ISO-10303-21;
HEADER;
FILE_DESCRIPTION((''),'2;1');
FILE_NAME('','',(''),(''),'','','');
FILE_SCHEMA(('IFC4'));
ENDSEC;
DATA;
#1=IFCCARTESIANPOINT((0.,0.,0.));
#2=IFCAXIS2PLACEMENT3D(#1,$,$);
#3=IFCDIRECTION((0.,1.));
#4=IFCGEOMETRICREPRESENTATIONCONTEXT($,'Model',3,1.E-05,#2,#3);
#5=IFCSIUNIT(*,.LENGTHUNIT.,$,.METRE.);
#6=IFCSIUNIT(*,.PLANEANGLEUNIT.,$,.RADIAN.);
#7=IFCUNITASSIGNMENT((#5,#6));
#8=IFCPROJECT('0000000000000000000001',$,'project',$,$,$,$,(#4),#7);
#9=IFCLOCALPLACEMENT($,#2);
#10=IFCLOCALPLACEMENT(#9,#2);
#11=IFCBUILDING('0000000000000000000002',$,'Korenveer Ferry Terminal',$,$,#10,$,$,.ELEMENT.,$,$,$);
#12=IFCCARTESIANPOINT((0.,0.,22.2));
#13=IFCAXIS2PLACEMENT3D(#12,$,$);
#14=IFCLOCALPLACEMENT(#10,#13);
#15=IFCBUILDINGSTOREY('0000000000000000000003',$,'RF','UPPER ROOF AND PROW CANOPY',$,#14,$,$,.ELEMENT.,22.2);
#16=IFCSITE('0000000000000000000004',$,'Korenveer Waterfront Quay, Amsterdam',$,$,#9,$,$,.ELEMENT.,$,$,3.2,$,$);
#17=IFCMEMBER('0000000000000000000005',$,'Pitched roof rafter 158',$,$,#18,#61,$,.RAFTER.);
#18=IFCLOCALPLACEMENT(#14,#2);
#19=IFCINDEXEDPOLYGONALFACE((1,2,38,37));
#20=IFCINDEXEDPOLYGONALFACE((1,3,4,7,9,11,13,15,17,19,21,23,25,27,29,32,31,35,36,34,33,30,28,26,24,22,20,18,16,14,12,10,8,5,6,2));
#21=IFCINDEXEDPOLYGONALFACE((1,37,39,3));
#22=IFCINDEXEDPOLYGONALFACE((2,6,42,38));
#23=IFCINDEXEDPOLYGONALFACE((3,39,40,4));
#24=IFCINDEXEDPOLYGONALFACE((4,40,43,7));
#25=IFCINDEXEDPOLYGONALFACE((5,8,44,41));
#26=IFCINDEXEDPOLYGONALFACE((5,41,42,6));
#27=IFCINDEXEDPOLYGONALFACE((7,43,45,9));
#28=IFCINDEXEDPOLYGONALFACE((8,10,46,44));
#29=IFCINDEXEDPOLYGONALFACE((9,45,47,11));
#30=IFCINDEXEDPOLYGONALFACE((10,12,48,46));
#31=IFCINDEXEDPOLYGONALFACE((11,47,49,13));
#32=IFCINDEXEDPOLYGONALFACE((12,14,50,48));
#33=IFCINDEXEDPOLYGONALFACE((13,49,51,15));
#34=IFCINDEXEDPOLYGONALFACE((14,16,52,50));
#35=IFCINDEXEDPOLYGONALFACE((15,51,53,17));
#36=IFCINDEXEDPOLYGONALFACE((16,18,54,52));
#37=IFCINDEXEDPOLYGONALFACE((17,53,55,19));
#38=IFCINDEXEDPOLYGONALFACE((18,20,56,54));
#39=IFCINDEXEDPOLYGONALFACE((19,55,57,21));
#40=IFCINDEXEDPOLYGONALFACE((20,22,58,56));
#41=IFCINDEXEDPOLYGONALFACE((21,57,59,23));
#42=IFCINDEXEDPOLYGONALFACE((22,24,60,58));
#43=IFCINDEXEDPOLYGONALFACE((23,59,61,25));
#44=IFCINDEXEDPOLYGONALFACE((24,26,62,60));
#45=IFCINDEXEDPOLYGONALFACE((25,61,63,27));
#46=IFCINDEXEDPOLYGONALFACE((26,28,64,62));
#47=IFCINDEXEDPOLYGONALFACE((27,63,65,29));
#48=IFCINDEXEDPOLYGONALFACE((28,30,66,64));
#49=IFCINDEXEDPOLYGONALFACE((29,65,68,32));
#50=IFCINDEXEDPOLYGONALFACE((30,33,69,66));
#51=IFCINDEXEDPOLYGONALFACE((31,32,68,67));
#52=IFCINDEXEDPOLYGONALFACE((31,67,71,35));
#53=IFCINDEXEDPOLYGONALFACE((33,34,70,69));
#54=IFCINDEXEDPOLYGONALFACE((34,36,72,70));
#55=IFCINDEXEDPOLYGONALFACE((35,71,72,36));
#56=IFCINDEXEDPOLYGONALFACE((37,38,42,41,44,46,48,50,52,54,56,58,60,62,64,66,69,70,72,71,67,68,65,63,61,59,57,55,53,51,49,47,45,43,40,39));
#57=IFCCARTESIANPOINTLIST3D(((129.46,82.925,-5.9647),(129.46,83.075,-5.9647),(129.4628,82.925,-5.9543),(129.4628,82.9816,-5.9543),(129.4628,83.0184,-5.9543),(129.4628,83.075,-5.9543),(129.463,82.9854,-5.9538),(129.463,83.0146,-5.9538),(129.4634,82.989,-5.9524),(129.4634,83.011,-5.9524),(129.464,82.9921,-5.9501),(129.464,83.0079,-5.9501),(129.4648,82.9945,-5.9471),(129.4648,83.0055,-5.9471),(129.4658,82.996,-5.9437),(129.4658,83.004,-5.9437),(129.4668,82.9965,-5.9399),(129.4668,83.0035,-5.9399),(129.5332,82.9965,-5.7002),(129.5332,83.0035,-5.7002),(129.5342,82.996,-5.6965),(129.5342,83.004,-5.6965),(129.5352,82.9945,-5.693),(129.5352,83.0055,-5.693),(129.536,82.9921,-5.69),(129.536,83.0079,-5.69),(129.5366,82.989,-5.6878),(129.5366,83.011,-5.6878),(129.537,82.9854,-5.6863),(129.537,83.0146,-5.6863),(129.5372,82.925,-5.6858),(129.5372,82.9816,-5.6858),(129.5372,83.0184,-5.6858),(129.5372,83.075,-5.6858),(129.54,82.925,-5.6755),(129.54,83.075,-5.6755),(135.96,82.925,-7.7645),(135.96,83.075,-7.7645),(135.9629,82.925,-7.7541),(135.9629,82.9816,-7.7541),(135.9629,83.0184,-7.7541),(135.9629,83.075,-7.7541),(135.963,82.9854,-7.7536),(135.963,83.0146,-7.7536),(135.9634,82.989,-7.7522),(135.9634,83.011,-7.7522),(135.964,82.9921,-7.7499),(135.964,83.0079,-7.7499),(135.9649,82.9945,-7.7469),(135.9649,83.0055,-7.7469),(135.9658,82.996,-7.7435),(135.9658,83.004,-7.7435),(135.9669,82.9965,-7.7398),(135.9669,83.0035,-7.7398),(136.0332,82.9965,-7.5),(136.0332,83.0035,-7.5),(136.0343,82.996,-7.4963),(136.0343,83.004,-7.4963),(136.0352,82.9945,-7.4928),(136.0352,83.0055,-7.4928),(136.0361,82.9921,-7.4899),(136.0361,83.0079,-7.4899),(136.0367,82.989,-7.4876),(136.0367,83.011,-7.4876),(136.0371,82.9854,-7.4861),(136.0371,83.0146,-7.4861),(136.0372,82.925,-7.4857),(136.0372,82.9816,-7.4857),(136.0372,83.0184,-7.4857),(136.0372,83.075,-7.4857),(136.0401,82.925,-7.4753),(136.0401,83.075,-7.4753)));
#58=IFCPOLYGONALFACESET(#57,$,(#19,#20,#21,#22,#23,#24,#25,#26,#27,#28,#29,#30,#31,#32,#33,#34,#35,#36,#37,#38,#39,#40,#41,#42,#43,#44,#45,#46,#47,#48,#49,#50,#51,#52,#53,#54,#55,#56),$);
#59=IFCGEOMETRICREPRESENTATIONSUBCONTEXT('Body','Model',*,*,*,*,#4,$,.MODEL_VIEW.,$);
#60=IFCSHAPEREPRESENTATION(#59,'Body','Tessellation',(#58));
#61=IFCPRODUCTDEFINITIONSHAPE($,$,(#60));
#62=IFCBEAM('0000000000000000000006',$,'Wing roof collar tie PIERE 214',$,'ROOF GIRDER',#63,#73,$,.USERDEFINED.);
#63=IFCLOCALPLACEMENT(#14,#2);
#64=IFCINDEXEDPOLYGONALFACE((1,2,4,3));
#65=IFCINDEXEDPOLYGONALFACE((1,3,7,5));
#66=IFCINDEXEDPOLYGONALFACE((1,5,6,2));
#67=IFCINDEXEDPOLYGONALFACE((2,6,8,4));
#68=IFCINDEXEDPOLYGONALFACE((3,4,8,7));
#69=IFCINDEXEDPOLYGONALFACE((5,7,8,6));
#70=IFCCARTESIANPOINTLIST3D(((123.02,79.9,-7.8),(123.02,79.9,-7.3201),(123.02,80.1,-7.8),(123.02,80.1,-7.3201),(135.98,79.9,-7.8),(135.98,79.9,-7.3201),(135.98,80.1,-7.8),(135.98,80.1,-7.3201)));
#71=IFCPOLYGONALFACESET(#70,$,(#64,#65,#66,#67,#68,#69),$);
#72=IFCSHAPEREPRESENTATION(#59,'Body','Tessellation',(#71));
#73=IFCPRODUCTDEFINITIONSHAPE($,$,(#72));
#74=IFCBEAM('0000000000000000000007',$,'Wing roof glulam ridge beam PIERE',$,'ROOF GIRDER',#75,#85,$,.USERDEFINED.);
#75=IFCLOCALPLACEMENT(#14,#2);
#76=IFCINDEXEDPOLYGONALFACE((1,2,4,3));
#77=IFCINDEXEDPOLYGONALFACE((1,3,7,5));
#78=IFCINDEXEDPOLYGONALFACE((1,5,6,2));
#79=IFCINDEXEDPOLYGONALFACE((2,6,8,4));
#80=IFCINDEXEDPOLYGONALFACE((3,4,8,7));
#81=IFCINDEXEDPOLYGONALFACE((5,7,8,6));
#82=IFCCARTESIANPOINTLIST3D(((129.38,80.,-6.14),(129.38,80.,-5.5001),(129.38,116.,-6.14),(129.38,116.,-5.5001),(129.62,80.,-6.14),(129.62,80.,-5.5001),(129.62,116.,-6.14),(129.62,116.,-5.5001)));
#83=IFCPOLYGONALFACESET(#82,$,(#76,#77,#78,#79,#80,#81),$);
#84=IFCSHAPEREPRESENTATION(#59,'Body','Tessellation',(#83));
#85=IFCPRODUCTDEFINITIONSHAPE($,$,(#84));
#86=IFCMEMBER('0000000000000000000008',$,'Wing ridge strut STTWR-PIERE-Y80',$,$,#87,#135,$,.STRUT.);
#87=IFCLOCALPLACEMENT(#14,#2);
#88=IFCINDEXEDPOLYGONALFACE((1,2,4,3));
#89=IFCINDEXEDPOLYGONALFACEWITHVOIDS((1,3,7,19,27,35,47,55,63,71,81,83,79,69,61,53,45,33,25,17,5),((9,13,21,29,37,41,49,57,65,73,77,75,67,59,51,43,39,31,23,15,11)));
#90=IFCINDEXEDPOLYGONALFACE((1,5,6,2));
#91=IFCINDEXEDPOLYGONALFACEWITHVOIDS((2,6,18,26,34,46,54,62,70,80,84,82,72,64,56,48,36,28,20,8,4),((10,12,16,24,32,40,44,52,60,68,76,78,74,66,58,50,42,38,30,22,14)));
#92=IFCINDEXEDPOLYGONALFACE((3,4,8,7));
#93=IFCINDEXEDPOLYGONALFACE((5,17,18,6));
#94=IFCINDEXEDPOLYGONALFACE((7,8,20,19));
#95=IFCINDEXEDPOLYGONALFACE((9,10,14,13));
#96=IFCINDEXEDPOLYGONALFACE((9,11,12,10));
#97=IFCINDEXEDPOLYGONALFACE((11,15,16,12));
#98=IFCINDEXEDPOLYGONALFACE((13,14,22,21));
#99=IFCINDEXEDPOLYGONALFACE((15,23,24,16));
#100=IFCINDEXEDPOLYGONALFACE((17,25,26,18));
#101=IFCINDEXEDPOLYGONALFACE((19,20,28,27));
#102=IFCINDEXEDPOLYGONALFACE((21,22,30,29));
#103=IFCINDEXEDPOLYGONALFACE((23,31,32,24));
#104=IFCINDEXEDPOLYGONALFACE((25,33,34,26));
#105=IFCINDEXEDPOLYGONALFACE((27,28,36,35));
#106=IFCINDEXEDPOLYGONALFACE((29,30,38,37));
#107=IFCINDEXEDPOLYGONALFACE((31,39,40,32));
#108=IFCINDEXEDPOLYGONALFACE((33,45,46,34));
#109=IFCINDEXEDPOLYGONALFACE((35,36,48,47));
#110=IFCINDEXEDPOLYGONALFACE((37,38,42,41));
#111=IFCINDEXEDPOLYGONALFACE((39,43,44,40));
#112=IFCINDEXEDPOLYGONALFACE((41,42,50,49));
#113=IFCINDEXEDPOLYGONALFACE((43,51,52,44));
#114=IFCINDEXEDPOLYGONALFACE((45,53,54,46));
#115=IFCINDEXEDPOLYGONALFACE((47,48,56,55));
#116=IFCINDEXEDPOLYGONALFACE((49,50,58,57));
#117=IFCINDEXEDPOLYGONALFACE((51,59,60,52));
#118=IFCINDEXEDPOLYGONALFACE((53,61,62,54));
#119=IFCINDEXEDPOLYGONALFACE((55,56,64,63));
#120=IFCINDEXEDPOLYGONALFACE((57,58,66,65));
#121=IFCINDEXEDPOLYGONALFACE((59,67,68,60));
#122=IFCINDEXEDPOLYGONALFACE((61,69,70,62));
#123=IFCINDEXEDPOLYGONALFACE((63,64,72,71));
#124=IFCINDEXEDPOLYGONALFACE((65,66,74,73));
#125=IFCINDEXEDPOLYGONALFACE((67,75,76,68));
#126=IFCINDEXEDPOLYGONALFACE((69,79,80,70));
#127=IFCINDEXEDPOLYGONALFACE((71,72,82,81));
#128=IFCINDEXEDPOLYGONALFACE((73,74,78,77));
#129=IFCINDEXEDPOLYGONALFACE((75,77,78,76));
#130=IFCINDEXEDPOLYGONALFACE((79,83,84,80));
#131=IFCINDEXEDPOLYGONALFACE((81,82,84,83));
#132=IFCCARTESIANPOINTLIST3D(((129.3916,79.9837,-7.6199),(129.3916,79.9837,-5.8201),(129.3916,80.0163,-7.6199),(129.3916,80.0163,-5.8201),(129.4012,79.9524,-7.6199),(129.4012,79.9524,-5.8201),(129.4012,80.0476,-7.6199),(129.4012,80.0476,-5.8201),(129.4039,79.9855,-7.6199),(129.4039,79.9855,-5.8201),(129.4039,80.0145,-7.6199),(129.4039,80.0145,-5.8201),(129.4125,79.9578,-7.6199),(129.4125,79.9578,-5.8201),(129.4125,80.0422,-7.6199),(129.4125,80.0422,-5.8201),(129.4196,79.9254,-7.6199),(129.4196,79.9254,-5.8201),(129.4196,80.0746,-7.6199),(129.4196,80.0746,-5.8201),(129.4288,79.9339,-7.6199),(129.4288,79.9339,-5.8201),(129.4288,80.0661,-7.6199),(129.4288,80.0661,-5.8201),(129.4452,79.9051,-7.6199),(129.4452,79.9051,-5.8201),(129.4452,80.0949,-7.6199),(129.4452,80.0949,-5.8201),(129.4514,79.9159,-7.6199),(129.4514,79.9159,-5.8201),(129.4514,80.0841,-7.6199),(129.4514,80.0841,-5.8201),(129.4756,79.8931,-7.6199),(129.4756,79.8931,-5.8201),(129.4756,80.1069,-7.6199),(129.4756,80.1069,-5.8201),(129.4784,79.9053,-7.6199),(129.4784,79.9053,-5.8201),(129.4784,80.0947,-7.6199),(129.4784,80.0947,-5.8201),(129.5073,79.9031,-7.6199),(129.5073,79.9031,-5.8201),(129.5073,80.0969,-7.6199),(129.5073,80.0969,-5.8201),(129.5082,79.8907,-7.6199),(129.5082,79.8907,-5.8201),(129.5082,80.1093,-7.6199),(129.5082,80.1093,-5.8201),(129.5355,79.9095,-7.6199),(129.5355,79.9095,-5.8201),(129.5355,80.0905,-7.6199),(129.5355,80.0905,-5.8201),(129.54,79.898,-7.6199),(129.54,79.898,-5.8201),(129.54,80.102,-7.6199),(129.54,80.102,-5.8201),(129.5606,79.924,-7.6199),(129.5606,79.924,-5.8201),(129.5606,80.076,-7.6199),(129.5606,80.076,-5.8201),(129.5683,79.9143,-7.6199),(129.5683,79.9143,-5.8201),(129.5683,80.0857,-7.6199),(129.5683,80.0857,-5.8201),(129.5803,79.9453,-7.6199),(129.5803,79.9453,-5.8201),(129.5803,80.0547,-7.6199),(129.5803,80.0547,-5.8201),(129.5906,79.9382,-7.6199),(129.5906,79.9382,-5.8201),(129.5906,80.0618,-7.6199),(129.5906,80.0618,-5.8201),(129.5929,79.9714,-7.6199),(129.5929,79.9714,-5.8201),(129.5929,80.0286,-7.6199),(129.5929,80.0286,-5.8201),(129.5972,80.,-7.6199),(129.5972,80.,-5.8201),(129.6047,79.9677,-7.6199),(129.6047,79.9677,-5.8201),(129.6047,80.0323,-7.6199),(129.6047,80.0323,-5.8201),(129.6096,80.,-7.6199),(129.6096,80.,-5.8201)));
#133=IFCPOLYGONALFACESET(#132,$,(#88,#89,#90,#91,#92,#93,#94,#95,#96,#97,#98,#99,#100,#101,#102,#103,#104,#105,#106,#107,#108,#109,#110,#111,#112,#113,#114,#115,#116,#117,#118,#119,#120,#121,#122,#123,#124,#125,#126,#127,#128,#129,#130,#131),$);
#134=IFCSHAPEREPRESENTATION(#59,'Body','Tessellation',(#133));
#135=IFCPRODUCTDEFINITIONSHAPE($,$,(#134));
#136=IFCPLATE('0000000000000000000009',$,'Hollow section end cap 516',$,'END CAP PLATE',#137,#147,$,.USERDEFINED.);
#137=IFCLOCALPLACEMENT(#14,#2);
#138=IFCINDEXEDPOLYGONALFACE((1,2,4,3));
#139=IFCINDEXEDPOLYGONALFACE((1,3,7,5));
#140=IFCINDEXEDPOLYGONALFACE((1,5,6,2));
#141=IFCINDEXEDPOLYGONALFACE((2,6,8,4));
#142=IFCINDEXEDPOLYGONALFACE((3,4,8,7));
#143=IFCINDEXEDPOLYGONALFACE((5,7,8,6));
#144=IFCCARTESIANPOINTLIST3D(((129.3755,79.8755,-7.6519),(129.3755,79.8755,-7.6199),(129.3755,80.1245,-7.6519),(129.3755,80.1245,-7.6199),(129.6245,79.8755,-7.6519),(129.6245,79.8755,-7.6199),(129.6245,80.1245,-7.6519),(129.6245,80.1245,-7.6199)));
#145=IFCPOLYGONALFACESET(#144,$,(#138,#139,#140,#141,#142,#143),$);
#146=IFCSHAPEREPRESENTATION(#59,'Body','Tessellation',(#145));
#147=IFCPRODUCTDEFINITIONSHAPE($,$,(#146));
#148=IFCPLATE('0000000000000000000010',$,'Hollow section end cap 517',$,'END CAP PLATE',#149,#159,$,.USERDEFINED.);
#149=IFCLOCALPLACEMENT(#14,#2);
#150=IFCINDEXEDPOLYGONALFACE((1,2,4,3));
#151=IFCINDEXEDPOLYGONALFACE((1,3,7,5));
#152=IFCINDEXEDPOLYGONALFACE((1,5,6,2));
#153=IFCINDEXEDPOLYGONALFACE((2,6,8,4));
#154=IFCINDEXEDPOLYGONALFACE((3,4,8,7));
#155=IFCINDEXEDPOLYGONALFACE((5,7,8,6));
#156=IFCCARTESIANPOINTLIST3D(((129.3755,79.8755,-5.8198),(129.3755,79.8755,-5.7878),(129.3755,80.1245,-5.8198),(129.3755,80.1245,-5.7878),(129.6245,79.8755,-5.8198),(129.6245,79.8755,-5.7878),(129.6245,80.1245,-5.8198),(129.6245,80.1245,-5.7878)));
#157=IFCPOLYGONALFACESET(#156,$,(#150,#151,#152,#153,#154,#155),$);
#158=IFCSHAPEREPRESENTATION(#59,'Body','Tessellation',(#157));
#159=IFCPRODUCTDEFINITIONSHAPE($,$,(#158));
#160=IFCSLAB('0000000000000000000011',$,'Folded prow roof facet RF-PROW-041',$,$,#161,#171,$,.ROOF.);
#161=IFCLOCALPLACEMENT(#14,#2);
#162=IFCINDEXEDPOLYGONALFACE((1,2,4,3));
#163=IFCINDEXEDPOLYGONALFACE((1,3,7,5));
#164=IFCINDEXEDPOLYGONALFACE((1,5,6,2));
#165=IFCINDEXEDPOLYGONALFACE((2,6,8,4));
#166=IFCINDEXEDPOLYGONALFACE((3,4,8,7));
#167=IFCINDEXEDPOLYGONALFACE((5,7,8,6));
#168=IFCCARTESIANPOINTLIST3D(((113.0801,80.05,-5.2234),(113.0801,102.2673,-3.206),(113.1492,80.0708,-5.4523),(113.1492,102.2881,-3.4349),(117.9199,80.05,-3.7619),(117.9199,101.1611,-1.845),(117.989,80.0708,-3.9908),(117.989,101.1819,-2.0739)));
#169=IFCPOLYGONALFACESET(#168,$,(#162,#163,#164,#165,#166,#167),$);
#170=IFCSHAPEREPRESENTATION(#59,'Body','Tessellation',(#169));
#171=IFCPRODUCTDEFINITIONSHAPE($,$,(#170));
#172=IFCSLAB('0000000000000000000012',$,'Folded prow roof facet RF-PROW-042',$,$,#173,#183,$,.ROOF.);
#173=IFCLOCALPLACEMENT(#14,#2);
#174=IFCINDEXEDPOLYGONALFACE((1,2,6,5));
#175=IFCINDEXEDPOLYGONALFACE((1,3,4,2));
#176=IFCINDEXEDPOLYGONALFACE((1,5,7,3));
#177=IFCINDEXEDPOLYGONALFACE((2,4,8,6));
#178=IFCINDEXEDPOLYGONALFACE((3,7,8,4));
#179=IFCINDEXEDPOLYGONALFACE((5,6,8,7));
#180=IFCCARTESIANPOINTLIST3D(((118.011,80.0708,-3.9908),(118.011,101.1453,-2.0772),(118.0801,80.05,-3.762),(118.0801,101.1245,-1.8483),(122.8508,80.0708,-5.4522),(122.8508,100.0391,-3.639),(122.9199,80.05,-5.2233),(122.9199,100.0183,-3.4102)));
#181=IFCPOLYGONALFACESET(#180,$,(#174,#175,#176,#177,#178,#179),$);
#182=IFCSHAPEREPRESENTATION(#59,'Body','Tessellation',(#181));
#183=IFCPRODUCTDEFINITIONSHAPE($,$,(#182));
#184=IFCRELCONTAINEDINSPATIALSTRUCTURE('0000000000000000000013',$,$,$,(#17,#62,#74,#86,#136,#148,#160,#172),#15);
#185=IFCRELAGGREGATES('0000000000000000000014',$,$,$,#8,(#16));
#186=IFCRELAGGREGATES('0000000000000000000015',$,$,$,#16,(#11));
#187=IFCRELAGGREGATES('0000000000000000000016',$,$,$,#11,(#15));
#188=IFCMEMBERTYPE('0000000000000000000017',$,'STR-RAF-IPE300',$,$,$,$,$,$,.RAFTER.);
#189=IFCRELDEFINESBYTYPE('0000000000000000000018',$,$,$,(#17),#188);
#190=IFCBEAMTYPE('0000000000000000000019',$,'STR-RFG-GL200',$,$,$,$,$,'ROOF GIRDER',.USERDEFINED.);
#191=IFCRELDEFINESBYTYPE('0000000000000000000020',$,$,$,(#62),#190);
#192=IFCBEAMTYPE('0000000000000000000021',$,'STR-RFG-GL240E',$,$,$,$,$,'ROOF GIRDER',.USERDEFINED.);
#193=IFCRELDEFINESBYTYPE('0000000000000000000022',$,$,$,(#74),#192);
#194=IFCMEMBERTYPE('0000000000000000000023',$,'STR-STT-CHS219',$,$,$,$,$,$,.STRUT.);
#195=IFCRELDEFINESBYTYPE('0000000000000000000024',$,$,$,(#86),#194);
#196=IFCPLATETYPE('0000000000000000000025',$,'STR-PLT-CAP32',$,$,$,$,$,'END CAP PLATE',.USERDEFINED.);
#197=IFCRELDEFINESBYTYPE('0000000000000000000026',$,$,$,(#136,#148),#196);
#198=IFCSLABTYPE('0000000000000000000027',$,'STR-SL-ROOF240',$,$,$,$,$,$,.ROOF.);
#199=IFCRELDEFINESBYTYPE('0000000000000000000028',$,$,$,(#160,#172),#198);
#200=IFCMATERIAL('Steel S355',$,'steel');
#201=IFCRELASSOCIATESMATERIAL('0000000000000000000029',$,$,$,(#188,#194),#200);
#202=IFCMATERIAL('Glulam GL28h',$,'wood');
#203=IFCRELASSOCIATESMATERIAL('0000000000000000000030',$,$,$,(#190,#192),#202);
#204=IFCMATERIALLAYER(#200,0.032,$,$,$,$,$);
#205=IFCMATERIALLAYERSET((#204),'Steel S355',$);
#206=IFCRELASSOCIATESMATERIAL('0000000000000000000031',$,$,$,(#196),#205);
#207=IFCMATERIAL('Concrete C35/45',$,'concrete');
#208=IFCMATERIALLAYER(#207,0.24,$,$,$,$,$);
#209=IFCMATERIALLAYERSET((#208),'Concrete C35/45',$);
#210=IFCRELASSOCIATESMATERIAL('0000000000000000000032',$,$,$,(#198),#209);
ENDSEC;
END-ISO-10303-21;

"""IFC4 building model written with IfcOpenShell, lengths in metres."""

from ifc_helpers import new_model, si_unit, direction, frame, origin, origin_2d, place, context, subcontext, project, spatial, polyline, rectangle, hollow_circle, i_section, outline, extrude, material, layer, layer_set, material_profile, profile_set, type_object, element, save


model = new_model("IFC4")

# Units and contexts
model_context = context("Model", 3, precision=1e-05, world=origin(), true_north=direction((0.0, 1.0)))
body_context = subcontext(model_context, "Body", "Model", "MODEL_VIEW")
ifc_project = project(units=[si_unit("LENGTHUNIT", "METRE"), si_unit("PLANEANGLEUNIT", "RADIAN")], contexts=[model_context])

# Site, building, storey
site_placement = place(None, origin())
site = spatial("IfcSite", under=ifc_project, at=site_placement, Name="Korenveer Waterfront Quay, Amsterdam", CompositionType="ELEMENT", RefElevation=3.2)
building_placement = place(site_placement, origin())
building = spatial("IfcBuilding", under=site, at=building_placement, Name="Korenveer Ferry Terminal", CompositionType="ELEMENT")
storey_placement = place(building_placement, frame((0.0, 0.0, 22.2)))
storey = spatial("IfcBuildingStorey", under=building, at=storey_placement, Name="RF", Description="UPPER ROOF AND PROW CANOPY", CompositionType="ELEMENT", Elevation=22.2)

# Shared definitions
ifc_material_1 = material(Name="Steel S355", Category="steel")

# Member
ifc_material_2 = material(Name="Glulam GL28h", Category="wood")
ifc_material_profile_1 = material_profile(ifc_material_1, i_section(OverallWidth=0.1499, OverallDepth=0.3, WebThickness=0.0071, FlangeThickness=0.0107, FilletRadius=0.0149, at=origin_2d()), Name="IPE 300")
ifc_profile_set_1 = profile_set([ifc_material_profile_1], Name="Steel S355")
member_type_1 = type_object("IfcMemberType", Name="STR-RAF-IPE300", PredefinedType="RAFTER", material=ifc_profile_set_1)
for number, where, z_axis, x_axis, name in (
    (1, (129.5, 83.0, -5.8201), (0.963737, 0.0, -0.266852), (0.0, 1.0, 0.0), "Pitched roof rafter 158"),
):
    element("IfcMember", number, at=place(storey_placement, frame(where, z_axis=z_axis, x_axis=x_axis)), inside=storey, type_object=member_type_1, Name=name, PredefinedType="RAFTER", context=body_context, shape_type="SweptSolid", body=[
        extrude(i_section(OverallWidth=0.1499, OverallDepth=0.3, WebThickness=0.0071, FlangeThickness=0.0107, FilletRadius=0.0149, at=origin_2d()), origin(), (0.0, 0.0, 1.0), 6.7446),
    ])

# Beams
ifc_material_profile_2 = material_profile(ifc_material_2, rectangle(XDim=0.2, YDim=0.48, at=origin_2d()), Name="GL 200x480")
ifc_profile_set_2 = profile_set([ifc_material_profile_2], Name="Glulam GL28h")
beam_type_1 = type_object("IfcBeamType", Name="STR-RFG-GL200", ElementType="ROOF GIRDER", PredefinedType="USERDEFINED", material=ifc_profile_set_2)
beam_1_placement = place(storey_placement, frame((123.02, 80.0, -7.5601), z_axis=(1.0, 0.0, 0.0), x_axis=(0.0, 1.0, 0.0)))
element("IfcBeam", 2, at=beam_1_placement, inside=storey, type_object=beam_type_1, Name="Wing roof collar tie PIERE 214", ObjectType="ROOF GIRDER", PredefinedType="USERDEFINED", context=body_context, shape_type="SweptSolid", body=[
    extrude(rectangle(XDim=0.2, YDim=0.48, at=origin_2d()), origin(), (0.0, 0.0, 1.0), 12.96),
])
ifc_material_profile_3 = material_profile(ifc_material_2, rectangle(XDim=0.24, YDim=0.6399, at=origin_2d()), Name="GL 240x640")
ifc_profile_set_3 = profile_set([ifc_material_profile_3], Name="Glulam GL28h")
beam_type_2 = type_object("IfcBeamType", Name="STR-RFG-GL240E", ElementType="ROOF GIRDER", PredefinedType="USERDEFINED", material=ifc_profile_set_3)
beam_2_placement = place(storey_placement, frame((129.5, 80.0, -5.8201), z_axis=(0.0, 1.0, 0.0), x_axis=(-1.0, 0.0, 0.0)))
element("IfcBeam", 3, at=beam_2_placement, inside=storey, type_object=beam_type_2, Name="Wing roof glulam ridge beam PIERE", ObjectType="ROOF GIRDER", PredefinedType="USERDEFINED", context=body_context, shape_type="SweptSolid", body=[
    extrude(rectangle(XDim=0.24, YDim=0.6399, at=origin_2d()), origin(), (0.0, 0.0, 1.0), 36.0),
])

# Member
ifc_material_profile_4 = material_profile(ifc_material_1, hollow_circle(Radius=0.1096, WallThickness=0.0125, at=origin_2d()), Name="CHS 219.1x12.5")
ifc_profile_set_4 = profile_set([ifc_material_profile_4], Name="Steel S355")
member_type_2 = type_object("IfcMemberType", Name="STR-STT-CHS219", PredefinedType="STRUT", material=ifc_profile_set_4)
member_placement = place(storey_placement, frame((129.5, 80.0, -7.6199), z_axis=(0.0, 0.0, 1.0), x_axis=(1.0, 0.0, 0.0)))
element("IfcMember", 4, at=member_placement, inside=storey, type_object=member_type_2, Name="Wing ridge strut STTWR-PIERE-Y80", PredefinedType="STRUT", context=body_context, shape_type="SweptSolid", body=[
    extrude(hollow_circle(Radius=0.1096, WallThickness=0.0125, at=origin_2d()), origin(), (0.0, 0.0, 1.0), 1.7998),
])

# Plates
ifc_layer_1 = layer(ifc_material_1, 0.032)
ifc_layer_set_1 = layer_set([ifc_layer_1], Name="Steel S355")
plate_type = type_object("IfcPlateType", Name="STR-PLT-CAP32", ElementType="END CAP PLATE", PredefinedType="USERDEFINED", material=ifc_layer_set_1)
for number, where, z_axis, x_axis, name in (
    (5, (129.5, 80.0, -7.6519), (0.0, 0.0, 1.0), (1.0, 0.0, 0.0), "Hollow section end cap 516"),
    (6, (129.5, 80.0, -5.8198), (0.0, 0.0, 1.0), (1.0, 0.0, 0.0), "Hollow section end cap 517"),
):
    element("IfcPlate", number, at=place(storey_placement, frame(where, z_axis=z_axis, x_axis=x_axis)), inside=storey, type_object=plate_type, Name=name, ObjectType="END CAP PLATE", PredefinedType="USERDEFINED", context=body_context, shape_type="SweptSolid", body=[
        extrude(rectangle(XDim=0.249, YDim=0.249, at=origin_2d()), origin(), (0.0, 0.0, 1.0), 0.032),
    ])

# Slabs
ifc_material_3 = material(Name="Concrete C35/45", Category="concrete")
ifc_layer_2 = layer(ifc_material_3, 0.24)
ifc_layer_set_2 = layer_set([ifc_layer_2], Name="Concrete C35/45")
slab_type_1 = type_object("IfcSlabType", Name="STR-SL-ROOF240", PredefinedType="ROOF", material=ifc_layer_set_2)
slab_1_placement = place(storey_placement, frame((113.0801, 80.05, -5.2234), z_axis=(-0.28799, -0.086599, 0.95371), x_axis=(0.957306, -0.000001, 0.289076)))
element("IfcSlab", 7, at=slab_1_placement, inside=storey, type_object=slab_type_1, Name="Folded prow roof facet RF-PROW-041", PredefinedType="ROOF", context=body_context, shape_type="SweptSolid", body=[
    extrude(outline(polyline([(0.0, 0.0), (5.0557, 0.0), (5.6098, 21.1907), (0.5831, 22.3011), (0.0, 0.0)])), origin(), (0.0, 0.0, -1.0), 0.24),
])
slab_2_placement = place(storey_placement, frame((118.0801, 80.05, -3.762), z_axis=(0.287971, -0.0866, 0.953715), x_axis=(0.957312, -0.000001, -0.289057)))
element("IfcSlab", 8, at=slab_2_placement, inside=storey, type_object=slab_type_1, Name="Folded prow roof facet RF-PROW-042", PredefinedType="ROOF", context=body_context, shape_type="SweptSolid", body=[
    extrude(outline(polyline([(0.0, 0.0), (5.0557, 0.0), (4.5315, 20.0436), (-0.5531, 21.1539), (0.0, 0.0)])), origin(), (0.0, 0.0, -1.0), 0.24),
])

save(model, "model.ifc")
